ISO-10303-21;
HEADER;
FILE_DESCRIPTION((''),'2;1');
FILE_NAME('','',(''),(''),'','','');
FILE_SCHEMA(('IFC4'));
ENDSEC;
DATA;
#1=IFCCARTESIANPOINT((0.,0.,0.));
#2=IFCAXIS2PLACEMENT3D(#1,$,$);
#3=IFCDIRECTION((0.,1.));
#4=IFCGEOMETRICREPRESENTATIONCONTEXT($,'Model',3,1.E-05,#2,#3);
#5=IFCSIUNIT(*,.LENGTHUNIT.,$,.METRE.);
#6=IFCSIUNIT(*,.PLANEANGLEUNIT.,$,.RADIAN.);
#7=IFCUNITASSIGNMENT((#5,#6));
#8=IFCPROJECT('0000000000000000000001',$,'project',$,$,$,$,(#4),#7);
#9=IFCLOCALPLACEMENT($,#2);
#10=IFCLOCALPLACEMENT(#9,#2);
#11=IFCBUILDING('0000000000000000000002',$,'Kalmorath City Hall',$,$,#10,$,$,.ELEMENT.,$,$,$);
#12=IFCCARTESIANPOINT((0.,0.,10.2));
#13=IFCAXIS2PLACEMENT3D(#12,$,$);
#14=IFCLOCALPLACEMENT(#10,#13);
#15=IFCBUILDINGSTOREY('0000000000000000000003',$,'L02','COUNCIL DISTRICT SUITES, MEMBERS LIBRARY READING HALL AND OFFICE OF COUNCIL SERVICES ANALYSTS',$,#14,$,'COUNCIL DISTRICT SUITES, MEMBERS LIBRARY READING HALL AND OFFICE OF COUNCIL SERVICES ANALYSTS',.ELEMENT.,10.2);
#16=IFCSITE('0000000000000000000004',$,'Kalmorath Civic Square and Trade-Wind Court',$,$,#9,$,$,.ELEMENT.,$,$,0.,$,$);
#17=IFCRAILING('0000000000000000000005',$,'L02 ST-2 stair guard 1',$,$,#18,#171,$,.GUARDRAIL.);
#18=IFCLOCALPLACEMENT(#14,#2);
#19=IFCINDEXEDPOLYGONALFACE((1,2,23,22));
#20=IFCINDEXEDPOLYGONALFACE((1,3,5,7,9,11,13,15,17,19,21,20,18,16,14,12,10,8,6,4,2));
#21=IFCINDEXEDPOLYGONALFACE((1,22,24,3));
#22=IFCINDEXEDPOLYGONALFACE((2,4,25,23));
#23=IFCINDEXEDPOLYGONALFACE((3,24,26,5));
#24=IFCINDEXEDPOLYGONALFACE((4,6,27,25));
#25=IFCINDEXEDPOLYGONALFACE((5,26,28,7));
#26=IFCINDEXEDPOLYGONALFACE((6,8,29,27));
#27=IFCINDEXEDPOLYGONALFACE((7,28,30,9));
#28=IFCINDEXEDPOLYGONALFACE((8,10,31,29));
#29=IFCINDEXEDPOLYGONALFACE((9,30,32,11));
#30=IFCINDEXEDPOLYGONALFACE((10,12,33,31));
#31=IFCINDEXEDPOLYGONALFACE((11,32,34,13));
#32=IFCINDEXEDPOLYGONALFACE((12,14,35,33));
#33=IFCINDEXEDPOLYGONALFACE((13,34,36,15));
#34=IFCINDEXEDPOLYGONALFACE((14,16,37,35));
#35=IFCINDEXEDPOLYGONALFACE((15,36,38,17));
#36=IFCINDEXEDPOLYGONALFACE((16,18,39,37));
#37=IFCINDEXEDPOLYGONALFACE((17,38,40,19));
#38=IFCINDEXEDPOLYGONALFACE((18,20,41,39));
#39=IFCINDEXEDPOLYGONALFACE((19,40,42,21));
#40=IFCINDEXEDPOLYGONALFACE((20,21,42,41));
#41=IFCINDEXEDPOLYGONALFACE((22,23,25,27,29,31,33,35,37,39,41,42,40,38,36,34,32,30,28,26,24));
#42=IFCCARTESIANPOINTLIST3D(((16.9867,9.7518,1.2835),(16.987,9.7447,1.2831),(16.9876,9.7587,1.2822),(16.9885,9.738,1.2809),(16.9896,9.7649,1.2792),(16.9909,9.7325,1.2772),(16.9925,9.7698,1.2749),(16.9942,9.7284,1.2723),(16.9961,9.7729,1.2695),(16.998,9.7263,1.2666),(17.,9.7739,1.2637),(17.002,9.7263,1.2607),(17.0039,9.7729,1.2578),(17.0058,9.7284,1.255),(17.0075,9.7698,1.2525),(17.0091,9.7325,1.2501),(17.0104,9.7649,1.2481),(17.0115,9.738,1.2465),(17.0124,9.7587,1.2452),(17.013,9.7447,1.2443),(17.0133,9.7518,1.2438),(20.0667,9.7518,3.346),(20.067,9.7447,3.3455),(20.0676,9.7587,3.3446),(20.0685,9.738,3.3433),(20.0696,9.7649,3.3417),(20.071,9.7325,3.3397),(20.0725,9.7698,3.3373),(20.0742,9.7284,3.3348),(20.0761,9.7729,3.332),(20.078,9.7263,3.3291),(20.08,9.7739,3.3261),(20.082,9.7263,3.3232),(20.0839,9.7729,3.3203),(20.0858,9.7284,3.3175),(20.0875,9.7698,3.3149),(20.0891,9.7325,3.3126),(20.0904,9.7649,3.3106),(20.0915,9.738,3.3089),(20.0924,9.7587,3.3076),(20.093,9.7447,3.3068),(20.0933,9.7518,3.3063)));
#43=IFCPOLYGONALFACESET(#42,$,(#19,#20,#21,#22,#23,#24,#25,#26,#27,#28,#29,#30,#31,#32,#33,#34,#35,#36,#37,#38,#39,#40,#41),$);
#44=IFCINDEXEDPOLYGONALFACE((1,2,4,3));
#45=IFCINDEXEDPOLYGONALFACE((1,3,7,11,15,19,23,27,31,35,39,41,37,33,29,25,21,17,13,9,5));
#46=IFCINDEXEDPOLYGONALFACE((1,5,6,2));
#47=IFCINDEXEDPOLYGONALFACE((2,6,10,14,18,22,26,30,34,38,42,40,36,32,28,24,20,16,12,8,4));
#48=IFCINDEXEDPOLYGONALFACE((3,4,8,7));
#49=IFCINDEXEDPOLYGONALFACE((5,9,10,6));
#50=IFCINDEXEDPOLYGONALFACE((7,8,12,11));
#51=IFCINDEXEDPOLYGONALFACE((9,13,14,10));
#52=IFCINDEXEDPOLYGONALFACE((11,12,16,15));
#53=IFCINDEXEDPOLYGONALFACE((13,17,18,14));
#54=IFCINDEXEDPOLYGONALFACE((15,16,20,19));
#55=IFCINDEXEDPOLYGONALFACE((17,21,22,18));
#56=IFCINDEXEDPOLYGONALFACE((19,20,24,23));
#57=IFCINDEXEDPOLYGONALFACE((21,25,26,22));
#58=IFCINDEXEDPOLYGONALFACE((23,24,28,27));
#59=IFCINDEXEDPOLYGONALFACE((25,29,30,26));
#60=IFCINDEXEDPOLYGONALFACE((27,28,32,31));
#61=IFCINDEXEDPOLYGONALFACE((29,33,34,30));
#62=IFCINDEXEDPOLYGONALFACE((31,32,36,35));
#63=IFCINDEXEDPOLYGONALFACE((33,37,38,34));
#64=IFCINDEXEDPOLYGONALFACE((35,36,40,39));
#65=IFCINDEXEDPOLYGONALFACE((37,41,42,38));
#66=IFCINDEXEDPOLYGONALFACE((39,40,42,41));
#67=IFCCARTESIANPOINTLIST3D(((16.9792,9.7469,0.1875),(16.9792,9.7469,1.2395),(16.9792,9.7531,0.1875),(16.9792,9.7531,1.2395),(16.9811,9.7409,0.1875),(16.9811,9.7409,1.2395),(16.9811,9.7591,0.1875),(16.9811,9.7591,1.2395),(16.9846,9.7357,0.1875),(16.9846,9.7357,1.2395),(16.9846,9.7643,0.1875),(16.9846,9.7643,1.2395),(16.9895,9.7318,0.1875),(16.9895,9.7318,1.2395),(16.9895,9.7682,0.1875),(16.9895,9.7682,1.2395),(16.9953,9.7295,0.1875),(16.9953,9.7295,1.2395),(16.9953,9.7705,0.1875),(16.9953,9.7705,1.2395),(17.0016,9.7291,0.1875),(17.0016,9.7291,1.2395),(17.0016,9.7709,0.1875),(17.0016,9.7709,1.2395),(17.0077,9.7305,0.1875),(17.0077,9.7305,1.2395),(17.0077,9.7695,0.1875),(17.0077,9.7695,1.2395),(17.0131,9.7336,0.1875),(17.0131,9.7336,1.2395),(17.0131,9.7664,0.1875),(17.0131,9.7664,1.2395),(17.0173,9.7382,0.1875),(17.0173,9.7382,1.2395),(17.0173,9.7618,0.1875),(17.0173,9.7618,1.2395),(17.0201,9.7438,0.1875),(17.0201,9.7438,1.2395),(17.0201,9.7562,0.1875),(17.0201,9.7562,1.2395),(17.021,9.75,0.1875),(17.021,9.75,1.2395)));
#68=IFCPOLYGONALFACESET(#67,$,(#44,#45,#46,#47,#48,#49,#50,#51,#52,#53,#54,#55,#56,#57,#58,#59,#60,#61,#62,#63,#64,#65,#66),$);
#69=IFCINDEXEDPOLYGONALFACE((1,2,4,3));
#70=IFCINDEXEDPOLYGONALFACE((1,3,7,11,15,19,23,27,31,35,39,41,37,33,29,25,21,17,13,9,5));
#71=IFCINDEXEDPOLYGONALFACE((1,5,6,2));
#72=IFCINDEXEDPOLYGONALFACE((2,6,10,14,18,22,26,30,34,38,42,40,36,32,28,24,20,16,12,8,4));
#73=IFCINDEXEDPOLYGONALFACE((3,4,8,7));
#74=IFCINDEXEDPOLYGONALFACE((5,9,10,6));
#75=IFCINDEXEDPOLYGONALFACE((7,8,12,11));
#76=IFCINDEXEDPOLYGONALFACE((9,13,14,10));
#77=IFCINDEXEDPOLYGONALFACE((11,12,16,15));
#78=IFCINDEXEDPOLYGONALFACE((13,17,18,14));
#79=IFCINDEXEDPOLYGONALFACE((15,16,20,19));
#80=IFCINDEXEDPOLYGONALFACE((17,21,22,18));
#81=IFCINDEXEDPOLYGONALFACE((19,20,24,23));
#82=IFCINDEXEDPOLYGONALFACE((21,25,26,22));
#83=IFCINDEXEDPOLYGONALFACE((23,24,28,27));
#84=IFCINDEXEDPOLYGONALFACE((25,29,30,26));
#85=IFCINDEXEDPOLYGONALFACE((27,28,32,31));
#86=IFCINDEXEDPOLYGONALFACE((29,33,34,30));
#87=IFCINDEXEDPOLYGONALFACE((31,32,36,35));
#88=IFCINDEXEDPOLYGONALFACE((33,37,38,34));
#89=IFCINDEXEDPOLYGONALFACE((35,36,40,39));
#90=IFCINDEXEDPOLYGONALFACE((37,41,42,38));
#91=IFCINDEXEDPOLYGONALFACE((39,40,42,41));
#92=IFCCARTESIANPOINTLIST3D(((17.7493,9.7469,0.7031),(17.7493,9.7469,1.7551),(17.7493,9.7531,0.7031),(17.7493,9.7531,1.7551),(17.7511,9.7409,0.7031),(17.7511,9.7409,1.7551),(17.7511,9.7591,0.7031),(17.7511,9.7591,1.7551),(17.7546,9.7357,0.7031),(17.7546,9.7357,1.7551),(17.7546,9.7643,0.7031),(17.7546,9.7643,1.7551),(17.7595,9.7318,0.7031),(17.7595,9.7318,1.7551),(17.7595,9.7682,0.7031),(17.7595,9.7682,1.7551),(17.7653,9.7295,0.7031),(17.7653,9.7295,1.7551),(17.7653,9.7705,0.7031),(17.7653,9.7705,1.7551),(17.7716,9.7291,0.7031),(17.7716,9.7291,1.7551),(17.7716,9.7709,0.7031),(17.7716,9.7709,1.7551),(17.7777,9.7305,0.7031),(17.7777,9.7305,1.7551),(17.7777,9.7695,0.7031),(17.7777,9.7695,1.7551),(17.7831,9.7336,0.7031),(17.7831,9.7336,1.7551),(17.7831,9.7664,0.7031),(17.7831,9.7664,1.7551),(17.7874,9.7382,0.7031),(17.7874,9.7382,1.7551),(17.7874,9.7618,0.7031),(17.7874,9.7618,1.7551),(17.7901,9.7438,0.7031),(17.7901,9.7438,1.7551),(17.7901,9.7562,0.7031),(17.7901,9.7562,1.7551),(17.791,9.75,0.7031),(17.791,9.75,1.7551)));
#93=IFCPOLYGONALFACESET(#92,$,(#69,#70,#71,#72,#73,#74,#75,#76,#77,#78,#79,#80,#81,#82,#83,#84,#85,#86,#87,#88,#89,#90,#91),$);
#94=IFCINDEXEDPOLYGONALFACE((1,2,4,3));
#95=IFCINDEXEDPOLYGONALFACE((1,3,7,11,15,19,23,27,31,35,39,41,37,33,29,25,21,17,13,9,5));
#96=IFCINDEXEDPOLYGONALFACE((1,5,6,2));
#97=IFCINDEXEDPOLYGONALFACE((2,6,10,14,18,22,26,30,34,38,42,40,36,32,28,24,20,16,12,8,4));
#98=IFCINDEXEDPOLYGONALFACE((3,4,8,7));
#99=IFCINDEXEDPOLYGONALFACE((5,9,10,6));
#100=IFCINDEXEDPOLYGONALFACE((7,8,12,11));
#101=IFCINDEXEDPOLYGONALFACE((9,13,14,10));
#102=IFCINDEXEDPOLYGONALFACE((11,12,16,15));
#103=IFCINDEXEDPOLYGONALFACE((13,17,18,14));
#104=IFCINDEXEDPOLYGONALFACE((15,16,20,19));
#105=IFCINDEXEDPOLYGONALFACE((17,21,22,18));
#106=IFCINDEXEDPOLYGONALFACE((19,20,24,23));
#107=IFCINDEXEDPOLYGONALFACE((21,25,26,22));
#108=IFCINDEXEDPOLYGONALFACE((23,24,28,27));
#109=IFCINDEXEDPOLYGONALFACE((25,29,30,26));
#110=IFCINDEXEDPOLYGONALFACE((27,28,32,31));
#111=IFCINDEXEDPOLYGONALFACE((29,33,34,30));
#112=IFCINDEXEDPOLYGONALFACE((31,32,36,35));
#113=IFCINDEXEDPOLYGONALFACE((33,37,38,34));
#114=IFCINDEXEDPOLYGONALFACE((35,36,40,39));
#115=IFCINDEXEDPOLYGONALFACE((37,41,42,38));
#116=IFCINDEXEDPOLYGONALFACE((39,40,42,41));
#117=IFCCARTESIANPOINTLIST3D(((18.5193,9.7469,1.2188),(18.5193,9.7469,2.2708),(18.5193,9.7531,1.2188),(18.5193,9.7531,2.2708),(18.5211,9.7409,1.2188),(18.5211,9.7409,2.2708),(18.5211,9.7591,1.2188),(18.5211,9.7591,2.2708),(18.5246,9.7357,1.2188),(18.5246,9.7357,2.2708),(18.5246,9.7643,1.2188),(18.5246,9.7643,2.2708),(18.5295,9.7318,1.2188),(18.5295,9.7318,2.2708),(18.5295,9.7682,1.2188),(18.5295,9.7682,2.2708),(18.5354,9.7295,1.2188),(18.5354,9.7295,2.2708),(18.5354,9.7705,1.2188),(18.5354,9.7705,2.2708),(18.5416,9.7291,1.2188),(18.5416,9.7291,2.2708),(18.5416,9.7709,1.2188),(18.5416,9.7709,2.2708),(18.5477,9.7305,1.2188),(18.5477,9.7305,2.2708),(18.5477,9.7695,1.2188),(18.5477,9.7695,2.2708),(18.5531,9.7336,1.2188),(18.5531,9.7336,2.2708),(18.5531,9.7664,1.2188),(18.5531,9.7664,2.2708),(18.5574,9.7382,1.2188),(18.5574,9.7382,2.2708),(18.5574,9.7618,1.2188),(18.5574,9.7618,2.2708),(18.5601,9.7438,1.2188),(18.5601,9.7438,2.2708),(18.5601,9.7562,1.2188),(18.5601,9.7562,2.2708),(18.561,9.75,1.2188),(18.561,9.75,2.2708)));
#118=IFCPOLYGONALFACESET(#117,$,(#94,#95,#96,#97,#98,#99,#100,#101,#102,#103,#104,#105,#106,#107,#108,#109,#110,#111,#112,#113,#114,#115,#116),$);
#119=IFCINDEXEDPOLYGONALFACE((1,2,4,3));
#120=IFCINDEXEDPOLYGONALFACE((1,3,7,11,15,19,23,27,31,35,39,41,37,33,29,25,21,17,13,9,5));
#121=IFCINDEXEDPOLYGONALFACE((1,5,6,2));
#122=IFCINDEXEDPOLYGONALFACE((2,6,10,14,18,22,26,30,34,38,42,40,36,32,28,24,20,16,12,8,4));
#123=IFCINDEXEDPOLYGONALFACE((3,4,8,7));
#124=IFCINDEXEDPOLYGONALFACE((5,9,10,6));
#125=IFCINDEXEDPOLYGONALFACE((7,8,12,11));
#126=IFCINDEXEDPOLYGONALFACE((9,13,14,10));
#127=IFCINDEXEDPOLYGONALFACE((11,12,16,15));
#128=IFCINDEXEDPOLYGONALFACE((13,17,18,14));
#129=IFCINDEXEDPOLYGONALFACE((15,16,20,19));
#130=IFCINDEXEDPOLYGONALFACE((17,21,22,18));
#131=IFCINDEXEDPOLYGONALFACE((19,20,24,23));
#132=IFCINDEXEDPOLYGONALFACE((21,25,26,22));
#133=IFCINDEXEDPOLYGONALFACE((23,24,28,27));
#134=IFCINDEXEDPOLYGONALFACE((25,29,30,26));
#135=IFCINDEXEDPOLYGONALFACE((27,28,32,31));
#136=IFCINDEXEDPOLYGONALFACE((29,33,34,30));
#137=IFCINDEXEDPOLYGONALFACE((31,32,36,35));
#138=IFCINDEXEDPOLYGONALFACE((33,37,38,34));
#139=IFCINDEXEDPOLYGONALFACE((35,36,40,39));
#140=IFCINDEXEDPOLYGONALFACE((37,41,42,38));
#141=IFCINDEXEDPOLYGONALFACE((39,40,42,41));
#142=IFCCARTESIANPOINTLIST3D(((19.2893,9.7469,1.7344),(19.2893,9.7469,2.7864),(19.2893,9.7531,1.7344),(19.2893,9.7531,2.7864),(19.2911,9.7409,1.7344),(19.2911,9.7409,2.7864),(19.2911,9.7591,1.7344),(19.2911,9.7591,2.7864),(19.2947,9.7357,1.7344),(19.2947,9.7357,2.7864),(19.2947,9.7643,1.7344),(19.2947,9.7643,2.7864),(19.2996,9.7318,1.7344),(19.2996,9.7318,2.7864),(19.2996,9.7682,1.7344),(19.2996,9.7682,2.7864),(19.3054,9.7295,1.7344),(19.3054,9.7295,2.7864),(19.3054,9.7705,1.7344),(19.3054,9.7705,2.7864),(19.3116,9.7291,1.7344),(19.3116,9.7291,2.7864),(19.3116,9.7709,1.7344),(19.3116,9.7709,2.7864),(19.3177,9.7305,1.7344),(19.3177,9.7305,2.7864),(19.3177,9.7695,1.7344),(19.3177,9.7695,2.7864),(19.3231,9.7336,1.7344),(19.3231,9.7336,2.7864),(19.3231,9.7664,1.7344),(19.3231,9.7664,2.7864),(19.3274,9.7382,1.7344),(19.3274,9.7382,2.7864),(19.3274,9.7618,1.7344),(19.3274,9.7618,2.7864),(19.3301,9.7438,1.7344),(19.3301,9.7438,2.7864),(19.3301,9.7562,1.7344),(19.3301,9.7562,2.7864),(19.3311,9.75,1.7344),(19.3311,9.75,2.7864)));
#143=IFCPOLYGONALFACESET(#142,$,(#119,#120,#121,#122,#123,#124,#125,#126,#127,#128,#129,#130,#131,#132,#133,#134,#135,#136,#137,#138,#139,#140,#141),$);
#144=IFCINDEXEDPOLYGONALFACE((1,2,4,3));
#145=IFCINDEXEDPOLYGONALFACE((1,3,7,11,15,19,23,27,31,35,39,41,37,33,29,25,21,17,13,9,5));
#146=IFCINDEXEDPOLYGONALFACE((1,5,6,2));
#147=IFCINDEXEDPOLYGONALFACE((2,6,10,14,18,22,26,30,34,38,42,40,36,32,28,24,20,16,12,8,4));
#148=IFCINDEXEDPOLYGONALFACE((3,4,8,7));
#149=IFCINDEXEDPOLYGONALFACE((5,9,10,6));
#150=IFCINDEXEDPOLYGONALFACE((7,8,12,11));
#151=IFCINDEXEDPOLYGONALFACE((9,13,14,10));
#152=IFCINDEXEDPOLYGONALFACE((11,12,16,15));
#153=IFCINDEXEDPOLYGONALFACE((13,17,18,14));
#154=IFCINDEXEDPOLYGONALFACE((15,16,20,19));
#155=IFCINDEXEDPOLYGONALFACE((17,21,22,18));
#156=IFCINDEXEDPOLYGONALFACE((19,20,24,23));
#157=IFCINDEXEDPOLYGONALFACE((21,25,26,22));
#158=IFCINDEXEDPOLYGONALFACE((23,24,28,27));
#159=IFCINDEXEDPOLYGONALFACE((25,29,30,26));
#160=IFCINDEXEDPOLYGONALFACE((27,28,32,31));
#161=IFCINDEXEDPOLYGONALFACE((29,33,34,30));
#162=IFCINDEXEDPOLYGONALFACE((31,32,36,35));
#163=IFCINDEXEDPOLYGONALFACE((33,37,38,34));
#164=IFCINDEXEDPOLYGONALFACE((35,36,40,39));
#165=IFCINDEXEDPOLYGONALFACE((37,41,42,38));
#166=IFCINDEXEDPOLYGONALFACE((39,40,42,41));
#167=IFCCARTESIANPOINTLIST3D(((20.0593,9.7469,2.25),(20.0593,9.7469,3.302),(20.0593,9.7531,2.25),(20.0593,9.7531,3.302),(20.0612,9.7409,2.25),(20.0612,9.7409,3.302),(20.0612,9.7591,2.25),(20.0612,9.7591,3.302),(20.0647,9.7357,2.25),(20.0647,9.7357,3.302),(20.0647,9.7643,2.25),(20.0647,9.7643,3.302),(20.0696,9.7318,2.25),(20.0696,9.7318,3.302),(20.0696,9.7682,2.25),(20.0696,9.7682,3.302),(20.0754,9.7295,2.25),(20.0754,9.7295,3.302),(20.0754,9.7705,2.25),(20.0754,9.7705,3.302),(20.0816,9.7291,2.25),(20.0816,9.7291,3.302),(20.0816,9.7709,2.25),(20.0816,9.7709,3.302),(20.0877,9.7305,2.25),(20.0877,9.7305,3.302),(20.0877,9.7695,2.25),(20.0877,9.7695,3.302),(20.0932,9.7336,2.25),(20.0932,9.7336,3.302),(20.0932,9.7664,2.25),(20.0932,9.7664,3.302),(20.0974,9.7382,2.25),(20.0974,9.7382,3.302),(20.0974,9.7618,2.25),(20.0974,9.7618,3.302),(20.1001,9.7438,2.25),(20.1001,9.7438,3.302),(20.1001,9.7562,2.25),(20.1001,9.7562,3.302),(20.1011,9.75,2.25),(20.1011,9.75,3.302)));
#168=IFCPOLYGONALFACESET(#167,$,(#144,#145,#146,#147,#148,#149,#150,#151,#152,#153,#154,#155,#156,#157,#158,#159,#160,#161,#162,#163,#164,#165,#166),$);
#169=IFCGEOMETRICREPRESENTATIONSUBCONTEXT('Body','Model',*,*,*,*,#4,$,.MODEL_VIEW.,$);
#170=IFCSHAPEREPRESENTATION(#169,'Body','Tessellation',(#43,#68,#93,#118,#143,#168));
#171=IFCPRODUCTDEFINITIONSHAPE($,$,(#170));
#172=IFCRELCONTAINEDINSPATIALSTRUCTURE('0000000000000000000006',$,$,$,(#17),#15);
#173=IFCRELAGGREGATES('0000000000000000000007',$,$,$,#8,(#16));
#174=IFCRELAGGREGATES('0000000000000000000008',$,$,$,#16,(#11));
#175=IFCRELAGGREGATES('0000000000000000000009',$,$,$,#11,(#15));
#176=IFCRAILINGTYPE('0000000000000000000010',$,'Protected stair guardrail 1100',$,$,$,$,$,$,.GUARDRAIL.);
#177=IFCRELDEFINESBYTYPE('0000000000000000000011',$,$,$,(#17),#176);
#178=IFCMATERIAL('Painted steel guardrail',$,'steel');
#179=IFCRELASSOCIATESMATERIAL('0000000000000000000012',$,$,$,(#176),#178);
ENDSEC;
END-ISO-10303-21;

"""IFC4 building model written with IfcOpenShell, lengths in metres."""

from ifc_helpers import new_model, si_unit, direction, frame, origin, origin_2d, place, context, subcontext, project, spatial, circle, extrude, material, type_object, element, save


model = new_model("IFC4")

# Units and contexts
model_context = context("Model", 3, precision=1e-05, world=origin(), true_north=direction((0.0, 1.0)))
body_context = subcontext(model_context, "Body", "Model", "MODEL_VIEW")
ifc_project = project(units=[si_unit("LENGTHUNIT", "METRE"), si_unit("PLANEANGLEUNIT", "RADIAN")], contexts=[model_context])

# Site, building, storey
site_placement = place(None, origin())
site = spatial("IfcSite", under=ifc_project, at=site_placement, Name="Kalmorath Civic Square and Trade-Wind Court", CompositionType="ELEMENT", RefElevation=0.0)
building_placement = place(site_placement, origin())
building = spatial("IfcBuilding", under=site, at=building_placement, Name="Kalmorath City Hall", CompositionType="ELEMENT")
storey_placement = place(building_placement, frame((0.0, 0.0, 10.2)))
storey = spatial("IfcBuildingStorey", under=building, at=storey_placement, Name="L02", Description="COUNCIL DISTRICT SUITES, MEMBERS LIBRARY READING HALL AND OFFICE OF COUNCIL SERVICES ANALYSTS", LongName="COUNCIL DISTRICT SUITES, MEMBERS LIBRARY READING HALL AND OFFICE OF COUNCIL SERVICES ANALYSTS", CompositionType="ELEMENT", Elevation=10.2)

# Railing
ifc_material_1 = material(Name="Painted steel guardrail", Category="steel")
railing_type = type_object("IfcRailingType", Name="Protected stair guardrail 1100", PredefinedType="GUARDRAIL", material=ifc_material_1)
railing_placement = place(storey_placement, frame((17.0, 9.75, 0.1875)))
element("IfcRailing", 1, at=railing_placement, inside=storey, type_object=railing_type, Name="L02 ST-2 stair guard 1", PredefinedType="GUARDRAIL", context=body_context, shape_type="SweptSolid", body=[
    extrude(circle(Radius=0.0239, at=origin_2d()), frame((0.0, 0.0, 1.0762), z_axis=(0.830914, 0.0, 0.556401), x_axis=(0.0, 1.0, 0.0)), (0.0, 0.0, 1.0), 3.7068),
    extrude(circle(Radius=0.021, at=origin_2d()), origin(), (0.0, 0.0, 1.0), 1.052),
    extrude(circle(Radius=0.021, at=origin_2d()), frame((0.77, 0.0, 0.5156)), (0.0, 0.0, 1.0), 1.052),
    extrude(circle(Radius=0.021, at=origin_2d()), frame((1.54, 0.0, 1.0312)), (0.0, 0.0, 1.0), 1.052),
    extrude(circle(Radius=0.021, at=origin_2d()), frame((2.3101, 0.0, 1.5469)), (0.0, 0.0, 1.0), 1.052),
    extrude(circle(Radius=0.021, at=origin_2d()), frame((3.0801, 0.0, 2.0625)), (0.0, 0.0, 1.0), 1.052),
])

save(model, "model.ifc")
